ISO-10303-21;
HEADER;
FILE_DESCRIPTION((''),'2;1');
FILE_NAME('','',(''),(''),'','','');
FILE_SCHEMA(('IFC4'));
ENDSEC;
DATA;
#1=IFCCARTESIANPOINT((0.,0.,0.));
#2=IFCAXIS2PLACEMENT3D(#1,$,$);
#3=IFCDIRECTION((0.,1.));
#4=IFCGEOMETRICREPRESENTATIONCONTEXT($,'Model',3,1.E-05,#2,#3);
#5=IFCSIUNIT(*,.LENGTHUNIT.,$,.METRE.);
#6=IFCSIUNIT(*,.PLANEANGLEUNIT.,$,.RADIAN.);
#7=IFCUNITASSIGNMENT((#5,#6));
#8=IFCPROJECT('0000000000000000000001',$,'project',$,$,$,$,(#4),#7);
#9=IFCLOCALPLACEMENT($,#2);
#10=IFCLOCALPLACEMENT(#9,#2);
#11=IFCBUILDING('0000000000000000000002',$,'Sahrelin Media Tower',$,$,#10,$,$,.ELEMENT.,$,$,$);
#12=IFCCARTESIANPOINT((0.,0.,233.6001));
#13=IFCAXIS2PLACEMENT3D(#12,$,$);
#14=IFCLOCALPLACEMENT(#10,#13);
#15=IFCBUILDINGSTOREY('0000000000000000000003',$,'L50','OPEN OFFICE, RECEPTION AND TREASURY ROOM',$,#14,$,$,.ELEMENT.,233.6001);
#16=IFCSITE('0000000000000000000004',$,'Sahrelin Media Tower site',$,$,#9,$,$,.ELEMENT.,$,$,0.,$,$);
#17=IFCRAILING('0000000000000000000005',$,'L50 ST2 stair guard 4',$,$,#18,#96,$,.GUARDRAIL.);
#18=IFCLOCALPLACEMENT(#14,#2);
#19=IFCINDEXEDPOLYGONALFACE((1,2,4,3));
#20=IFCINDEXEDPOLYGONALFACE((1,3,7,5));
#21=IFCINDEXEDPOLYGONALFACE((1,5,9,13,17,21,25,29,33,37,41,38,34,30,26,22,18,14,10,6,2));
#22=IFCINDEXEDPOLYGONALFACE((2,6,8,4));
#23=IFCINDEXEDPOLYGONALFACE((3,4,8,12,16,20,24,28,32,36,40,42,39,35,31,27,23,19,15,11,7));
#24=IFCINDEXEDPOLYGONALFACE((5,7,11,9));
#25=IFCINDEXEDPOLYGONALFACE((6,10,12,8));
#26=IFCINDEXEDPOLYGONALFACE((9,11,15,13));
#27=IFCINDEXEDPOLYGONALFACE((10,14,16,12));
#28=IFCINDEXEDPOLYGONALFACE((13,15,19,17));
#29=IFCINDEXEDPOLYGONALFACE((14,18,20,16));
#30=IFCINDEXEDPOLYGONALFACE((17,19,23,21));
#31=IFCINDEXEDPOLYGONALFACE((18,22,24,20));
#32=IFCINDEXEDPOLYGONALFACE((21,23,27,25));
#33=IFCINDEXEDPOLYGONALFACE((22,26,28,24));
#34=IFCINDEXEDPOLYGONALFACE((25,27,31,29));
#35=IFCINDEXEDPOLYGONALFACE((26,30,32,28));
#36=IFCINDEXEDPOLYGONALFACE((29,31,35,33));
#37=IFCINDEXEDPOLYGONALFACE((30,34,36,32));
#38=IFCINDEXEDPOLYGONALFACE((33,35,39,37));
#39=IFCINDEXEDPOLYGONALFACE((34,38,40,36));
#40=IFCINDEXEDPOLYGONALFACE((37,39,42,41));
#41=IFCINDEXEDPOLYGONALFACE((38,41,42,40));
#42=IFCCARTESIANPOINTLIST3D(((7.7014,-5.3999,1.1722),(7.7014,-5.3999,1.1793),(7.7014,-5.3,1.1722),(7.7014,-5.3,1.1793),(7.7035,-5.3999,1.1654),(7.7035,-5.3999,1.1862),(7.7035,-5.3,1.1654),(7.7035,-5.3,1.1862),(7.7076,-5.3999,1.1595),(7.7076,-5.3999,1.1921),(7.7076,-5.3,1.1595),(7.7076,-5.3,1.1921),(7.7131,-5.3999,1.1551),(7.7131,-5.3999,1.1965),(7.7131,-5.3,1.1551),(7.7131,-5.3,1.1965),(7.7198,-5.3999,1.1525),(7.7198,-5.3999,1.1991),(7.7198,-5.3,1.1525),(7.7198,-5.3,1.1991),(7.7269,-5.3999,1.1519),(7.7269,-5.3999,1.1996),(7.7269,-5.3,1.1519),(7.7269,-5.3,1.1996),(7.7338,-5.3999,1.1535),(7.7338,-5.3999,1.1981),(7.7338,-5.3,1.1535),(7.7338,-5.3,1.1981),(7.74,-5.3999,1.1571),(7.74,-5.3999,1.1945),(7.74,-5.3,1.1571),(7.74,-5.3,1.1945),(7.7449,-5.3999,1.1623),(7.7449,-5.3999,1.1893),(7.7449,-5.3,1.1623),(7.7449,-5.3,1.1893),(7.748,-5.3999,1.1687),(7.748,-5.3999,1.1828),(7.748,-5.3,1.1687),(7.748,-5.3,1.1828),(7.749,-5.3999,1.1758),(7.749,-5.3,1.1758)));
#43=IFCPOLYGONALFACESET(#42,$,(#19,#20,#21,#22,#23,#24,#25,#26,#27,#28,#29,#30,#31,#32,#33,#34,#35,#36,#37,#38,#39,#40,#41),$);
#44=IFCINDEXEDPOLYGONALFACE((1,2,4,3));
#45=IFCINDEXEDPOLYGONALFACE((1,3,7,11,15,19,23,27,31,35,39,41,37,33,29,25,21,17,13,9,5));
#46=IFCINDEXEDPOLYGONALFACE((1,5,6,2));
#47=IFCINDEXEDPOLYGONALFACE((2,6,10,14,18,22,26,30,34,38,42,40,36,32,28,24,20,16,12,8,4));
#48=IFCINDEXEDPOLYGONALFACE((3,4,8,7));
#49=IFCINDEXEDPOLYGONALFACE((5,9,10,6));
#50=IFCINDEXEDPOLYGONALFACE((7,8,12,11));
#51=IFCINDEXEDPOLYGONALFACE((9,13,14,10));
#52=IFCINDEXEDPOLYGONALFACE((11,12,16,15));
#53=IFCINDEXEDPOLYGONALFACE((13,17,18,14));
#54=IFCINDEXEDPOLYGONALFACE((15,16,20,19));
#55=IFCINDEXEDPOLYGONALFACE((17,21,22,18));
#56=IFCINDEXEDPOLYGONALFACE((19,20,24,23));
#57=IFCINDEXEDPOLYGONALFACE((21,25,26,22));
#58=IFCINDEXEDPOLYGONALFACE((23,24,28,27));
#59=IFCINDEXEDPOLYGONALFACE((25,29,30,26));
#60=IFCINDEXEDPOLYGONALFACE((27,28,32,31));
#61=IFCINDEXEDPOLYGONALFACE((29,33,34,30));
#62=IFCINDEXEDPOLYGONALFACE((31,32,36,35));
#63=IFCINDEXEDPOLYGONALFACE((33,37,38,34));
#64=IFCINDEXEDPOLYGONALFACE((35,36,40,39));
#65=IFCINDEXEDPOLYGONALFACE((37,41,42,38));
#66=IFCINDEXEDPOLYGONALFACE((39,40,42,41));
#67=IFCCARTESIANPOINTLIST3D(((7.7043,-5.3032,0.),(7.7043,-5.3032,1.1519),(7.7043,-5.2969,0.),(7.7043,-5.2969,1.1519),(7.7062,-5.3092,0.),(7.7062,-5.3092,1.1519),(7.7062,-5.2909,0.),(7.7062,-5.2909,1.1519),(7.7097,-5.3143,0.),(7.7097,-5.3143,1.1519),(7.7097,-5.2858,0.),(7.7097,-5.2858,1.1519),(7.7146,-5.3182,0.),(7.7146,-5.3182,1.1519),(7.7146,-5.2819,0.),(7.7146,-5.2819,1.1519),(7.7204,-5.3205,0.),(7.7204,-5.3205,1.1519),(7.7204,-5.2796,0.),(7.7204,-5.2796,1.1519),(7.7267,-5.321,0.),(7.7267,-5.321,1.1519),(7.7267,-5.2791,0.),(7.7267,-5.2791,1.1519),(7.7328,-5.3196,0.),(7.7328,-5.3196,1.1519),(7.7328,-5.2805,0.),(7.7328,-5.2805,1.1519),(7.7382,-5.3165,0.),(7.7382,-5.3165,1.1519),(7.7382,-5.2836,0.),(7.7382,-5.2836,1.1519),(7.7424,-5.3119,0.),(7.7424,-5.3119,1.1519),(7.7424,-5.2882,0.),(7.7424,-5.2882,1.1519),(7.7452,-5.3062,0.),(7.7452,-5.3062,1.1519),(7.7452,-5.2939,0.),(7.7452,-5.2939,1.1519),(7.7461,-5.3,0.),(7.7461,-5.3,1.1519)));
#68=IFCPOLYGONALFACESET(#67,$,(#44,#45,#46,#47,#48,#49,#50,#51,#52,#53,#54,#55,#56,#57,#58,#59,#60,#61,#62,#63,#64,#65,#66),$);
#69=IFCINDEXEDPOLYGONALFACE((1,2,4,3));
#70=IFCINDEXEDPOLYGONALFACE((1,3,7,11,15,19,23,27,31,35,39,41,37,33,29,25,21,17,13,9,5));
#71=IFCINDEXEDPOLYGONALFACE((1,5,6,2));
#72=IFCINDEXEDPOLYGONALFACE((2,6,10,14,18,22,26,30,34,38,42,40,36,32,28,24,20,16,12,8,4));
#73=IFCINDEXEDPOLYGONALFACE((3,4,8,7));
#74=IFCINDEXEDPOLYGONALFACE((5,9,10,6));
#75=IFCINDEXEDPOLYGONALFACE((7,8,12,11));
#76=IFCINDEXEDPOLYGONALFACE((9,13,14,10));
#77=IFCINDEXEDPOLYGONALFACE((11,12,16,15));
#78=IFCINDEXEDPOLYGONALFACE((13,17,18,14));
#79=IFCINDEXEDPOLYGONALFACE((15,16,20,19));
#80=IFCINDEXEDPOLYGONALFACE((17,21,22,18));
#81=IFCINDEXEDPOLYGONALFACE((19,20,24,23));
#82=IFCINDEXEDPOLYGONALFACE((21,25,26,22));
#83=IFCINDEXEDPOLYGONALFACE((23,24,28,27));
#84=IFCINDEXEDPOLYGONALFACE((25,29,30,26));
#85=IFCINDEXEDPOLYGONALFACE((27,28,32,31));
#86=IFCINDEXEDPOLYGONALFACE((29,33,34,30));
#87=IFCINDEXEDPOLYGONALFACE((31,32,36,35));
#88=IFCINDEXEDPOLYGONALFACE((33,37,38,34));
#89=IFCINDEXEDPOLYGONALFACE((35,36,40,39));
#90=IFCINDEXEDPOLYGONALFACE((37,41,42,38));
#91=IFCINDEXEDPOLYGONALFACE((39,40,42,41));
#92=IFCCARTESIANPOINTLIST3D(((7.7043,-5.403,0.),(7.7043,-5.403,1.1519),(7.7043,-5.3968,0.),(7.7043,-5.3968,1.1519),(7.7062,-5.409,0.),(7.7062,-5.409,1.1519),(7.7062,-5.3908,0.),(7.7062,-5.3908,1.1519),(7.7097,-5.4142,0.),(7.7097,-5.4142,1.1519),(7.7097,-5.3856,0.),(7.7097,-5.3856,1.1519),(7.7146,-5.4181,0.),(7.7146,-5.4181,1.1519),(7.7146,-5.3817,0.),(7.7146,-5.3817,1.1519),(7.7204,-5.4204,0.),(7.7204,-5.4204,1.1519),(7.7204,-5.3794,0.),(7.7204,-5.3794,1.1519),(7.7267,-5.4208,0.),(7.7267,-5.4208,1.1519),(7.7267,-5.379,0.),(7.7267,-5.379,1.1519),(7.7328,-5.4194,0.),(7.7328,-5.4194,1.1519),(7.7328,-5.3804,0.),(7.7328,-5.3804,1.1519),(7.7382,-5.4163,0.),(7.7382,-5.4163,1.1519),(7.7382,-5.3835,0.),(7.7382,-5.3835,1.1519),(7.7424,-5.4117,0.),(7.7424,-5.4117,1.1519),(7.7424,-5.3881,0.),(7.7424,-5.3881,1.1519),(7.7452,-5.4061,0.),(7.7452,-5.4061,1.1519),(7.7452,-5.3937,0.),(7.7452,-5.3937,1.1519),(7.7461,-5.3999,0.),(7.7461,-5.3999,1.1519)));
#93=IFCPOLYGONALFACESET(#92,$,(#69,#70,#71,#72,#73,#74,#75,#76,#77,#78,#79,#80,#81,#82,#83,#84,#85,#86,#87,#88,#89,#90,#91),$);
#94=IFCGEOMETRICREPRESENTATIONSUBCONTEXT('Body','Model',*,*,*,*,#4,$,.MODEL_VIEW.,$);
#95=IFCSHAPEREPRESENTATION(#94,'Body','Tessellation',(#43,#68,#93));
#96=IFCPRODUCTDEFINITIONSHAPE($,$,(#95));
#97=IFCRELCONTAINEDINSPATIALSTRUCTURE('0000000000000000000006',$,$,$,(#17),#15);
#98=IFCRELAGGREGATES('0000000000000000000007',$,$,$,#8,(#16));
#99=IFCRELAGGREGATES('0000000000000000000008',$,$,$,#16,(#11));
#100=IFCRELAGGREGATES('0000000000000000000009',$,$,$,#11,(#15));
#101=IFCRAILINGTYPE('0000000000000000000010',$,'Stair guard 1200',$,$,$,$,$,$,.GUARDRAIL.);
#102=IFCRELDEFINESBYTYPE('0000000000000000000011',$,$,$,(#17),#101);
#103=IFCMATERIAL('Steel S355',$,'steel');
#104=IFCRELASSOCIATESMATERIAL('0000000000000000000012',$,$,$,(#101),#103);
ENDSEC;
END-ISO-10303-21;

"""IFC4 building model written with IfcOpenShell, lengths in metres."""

from ifc_helpers import new_model, si_unit, direction, frame, origin, origin_2d, place, context, subcontext, project, spatial, circle, extrude, material, type_object, element, save


model = new_model("IFC4")

# Units and contexts
model_context = context("Model", 3, precision=1e-05, world=origin(), true_north=direction((0.0, 1.0)))
body_context = subcontext(model_context, "Body", "Model", "MODEL_VIEW")
ifc_project = project(units=[si_unit("LENGTHUNIT", "METRE"), si_unit("PLANEANGLEUNIT", "RADIAN")], contexts=[model_context])

# Site, building, storey
site_placement = place(None, origin())
site = spatial("IfcSite", under=ifc_project, at=site_placement, Name="Sahrelin Media Tower site", CompositionType="ELEMENT", RefElevation=0.0)
building_placement = place(site_placement, origin())
building = spatial("IfcBuilding", under=site, at=building_placement, Name="Sahrelin Media Tower", CompositionType="ELEMENT")
storey_placement = place(building_placement, frame((0.0, 0.0, 233.6001)))
storey = spatial("IfcBuildingStorey", under=building, at=storey_placement, Name="L50", Description="OPEN OFFICE, RECEPTION AND TREASURY ROOM", CompositionType="ELEMENT", Elevation=233.6001)

# Shared definitions
ifc_material_1 = material(Name="Steel S355", Category="steel")

# Railing
railing_type_1 = type_object("IfcRailingType", Name="Stair guard 1200", PredefinedType="GUARDRAIL", material=ifc_material_1)
railing_1_placement = place(storey_placement, frame((7.7251, -5.3, 0.0)))
element("IfcRailing", 1, at=railing_1_placement, inside=storey, type_object=railing_type_1, Name="L50 ST2 stair guard 4", PredefinedType="GUARDRAIL", context=body_context, shape_type="SweptSolid", body=[
    extrude(circle(Radius=0.0239, at=origin_2d()), frame((0.0, 0.0, 1.1758), z_axis=(0.0, -1.0, 0.0), x_axis=(1.0, 0.0, 0.0)), (0.0, 0.0, 1.0), 0.0999),
    extrude(circle(Radius=0.021, at=origin_2d()), origin(), (0.0, 0.0, 1.0), 1.1519),
    extrude(circle(Radius=0.021, at=origin_2d()), frame((0.0, -0.0999, 0.0)), (0.0, 0.0, 1.0), 1.1519),
])

save(model, "model.ifc")
